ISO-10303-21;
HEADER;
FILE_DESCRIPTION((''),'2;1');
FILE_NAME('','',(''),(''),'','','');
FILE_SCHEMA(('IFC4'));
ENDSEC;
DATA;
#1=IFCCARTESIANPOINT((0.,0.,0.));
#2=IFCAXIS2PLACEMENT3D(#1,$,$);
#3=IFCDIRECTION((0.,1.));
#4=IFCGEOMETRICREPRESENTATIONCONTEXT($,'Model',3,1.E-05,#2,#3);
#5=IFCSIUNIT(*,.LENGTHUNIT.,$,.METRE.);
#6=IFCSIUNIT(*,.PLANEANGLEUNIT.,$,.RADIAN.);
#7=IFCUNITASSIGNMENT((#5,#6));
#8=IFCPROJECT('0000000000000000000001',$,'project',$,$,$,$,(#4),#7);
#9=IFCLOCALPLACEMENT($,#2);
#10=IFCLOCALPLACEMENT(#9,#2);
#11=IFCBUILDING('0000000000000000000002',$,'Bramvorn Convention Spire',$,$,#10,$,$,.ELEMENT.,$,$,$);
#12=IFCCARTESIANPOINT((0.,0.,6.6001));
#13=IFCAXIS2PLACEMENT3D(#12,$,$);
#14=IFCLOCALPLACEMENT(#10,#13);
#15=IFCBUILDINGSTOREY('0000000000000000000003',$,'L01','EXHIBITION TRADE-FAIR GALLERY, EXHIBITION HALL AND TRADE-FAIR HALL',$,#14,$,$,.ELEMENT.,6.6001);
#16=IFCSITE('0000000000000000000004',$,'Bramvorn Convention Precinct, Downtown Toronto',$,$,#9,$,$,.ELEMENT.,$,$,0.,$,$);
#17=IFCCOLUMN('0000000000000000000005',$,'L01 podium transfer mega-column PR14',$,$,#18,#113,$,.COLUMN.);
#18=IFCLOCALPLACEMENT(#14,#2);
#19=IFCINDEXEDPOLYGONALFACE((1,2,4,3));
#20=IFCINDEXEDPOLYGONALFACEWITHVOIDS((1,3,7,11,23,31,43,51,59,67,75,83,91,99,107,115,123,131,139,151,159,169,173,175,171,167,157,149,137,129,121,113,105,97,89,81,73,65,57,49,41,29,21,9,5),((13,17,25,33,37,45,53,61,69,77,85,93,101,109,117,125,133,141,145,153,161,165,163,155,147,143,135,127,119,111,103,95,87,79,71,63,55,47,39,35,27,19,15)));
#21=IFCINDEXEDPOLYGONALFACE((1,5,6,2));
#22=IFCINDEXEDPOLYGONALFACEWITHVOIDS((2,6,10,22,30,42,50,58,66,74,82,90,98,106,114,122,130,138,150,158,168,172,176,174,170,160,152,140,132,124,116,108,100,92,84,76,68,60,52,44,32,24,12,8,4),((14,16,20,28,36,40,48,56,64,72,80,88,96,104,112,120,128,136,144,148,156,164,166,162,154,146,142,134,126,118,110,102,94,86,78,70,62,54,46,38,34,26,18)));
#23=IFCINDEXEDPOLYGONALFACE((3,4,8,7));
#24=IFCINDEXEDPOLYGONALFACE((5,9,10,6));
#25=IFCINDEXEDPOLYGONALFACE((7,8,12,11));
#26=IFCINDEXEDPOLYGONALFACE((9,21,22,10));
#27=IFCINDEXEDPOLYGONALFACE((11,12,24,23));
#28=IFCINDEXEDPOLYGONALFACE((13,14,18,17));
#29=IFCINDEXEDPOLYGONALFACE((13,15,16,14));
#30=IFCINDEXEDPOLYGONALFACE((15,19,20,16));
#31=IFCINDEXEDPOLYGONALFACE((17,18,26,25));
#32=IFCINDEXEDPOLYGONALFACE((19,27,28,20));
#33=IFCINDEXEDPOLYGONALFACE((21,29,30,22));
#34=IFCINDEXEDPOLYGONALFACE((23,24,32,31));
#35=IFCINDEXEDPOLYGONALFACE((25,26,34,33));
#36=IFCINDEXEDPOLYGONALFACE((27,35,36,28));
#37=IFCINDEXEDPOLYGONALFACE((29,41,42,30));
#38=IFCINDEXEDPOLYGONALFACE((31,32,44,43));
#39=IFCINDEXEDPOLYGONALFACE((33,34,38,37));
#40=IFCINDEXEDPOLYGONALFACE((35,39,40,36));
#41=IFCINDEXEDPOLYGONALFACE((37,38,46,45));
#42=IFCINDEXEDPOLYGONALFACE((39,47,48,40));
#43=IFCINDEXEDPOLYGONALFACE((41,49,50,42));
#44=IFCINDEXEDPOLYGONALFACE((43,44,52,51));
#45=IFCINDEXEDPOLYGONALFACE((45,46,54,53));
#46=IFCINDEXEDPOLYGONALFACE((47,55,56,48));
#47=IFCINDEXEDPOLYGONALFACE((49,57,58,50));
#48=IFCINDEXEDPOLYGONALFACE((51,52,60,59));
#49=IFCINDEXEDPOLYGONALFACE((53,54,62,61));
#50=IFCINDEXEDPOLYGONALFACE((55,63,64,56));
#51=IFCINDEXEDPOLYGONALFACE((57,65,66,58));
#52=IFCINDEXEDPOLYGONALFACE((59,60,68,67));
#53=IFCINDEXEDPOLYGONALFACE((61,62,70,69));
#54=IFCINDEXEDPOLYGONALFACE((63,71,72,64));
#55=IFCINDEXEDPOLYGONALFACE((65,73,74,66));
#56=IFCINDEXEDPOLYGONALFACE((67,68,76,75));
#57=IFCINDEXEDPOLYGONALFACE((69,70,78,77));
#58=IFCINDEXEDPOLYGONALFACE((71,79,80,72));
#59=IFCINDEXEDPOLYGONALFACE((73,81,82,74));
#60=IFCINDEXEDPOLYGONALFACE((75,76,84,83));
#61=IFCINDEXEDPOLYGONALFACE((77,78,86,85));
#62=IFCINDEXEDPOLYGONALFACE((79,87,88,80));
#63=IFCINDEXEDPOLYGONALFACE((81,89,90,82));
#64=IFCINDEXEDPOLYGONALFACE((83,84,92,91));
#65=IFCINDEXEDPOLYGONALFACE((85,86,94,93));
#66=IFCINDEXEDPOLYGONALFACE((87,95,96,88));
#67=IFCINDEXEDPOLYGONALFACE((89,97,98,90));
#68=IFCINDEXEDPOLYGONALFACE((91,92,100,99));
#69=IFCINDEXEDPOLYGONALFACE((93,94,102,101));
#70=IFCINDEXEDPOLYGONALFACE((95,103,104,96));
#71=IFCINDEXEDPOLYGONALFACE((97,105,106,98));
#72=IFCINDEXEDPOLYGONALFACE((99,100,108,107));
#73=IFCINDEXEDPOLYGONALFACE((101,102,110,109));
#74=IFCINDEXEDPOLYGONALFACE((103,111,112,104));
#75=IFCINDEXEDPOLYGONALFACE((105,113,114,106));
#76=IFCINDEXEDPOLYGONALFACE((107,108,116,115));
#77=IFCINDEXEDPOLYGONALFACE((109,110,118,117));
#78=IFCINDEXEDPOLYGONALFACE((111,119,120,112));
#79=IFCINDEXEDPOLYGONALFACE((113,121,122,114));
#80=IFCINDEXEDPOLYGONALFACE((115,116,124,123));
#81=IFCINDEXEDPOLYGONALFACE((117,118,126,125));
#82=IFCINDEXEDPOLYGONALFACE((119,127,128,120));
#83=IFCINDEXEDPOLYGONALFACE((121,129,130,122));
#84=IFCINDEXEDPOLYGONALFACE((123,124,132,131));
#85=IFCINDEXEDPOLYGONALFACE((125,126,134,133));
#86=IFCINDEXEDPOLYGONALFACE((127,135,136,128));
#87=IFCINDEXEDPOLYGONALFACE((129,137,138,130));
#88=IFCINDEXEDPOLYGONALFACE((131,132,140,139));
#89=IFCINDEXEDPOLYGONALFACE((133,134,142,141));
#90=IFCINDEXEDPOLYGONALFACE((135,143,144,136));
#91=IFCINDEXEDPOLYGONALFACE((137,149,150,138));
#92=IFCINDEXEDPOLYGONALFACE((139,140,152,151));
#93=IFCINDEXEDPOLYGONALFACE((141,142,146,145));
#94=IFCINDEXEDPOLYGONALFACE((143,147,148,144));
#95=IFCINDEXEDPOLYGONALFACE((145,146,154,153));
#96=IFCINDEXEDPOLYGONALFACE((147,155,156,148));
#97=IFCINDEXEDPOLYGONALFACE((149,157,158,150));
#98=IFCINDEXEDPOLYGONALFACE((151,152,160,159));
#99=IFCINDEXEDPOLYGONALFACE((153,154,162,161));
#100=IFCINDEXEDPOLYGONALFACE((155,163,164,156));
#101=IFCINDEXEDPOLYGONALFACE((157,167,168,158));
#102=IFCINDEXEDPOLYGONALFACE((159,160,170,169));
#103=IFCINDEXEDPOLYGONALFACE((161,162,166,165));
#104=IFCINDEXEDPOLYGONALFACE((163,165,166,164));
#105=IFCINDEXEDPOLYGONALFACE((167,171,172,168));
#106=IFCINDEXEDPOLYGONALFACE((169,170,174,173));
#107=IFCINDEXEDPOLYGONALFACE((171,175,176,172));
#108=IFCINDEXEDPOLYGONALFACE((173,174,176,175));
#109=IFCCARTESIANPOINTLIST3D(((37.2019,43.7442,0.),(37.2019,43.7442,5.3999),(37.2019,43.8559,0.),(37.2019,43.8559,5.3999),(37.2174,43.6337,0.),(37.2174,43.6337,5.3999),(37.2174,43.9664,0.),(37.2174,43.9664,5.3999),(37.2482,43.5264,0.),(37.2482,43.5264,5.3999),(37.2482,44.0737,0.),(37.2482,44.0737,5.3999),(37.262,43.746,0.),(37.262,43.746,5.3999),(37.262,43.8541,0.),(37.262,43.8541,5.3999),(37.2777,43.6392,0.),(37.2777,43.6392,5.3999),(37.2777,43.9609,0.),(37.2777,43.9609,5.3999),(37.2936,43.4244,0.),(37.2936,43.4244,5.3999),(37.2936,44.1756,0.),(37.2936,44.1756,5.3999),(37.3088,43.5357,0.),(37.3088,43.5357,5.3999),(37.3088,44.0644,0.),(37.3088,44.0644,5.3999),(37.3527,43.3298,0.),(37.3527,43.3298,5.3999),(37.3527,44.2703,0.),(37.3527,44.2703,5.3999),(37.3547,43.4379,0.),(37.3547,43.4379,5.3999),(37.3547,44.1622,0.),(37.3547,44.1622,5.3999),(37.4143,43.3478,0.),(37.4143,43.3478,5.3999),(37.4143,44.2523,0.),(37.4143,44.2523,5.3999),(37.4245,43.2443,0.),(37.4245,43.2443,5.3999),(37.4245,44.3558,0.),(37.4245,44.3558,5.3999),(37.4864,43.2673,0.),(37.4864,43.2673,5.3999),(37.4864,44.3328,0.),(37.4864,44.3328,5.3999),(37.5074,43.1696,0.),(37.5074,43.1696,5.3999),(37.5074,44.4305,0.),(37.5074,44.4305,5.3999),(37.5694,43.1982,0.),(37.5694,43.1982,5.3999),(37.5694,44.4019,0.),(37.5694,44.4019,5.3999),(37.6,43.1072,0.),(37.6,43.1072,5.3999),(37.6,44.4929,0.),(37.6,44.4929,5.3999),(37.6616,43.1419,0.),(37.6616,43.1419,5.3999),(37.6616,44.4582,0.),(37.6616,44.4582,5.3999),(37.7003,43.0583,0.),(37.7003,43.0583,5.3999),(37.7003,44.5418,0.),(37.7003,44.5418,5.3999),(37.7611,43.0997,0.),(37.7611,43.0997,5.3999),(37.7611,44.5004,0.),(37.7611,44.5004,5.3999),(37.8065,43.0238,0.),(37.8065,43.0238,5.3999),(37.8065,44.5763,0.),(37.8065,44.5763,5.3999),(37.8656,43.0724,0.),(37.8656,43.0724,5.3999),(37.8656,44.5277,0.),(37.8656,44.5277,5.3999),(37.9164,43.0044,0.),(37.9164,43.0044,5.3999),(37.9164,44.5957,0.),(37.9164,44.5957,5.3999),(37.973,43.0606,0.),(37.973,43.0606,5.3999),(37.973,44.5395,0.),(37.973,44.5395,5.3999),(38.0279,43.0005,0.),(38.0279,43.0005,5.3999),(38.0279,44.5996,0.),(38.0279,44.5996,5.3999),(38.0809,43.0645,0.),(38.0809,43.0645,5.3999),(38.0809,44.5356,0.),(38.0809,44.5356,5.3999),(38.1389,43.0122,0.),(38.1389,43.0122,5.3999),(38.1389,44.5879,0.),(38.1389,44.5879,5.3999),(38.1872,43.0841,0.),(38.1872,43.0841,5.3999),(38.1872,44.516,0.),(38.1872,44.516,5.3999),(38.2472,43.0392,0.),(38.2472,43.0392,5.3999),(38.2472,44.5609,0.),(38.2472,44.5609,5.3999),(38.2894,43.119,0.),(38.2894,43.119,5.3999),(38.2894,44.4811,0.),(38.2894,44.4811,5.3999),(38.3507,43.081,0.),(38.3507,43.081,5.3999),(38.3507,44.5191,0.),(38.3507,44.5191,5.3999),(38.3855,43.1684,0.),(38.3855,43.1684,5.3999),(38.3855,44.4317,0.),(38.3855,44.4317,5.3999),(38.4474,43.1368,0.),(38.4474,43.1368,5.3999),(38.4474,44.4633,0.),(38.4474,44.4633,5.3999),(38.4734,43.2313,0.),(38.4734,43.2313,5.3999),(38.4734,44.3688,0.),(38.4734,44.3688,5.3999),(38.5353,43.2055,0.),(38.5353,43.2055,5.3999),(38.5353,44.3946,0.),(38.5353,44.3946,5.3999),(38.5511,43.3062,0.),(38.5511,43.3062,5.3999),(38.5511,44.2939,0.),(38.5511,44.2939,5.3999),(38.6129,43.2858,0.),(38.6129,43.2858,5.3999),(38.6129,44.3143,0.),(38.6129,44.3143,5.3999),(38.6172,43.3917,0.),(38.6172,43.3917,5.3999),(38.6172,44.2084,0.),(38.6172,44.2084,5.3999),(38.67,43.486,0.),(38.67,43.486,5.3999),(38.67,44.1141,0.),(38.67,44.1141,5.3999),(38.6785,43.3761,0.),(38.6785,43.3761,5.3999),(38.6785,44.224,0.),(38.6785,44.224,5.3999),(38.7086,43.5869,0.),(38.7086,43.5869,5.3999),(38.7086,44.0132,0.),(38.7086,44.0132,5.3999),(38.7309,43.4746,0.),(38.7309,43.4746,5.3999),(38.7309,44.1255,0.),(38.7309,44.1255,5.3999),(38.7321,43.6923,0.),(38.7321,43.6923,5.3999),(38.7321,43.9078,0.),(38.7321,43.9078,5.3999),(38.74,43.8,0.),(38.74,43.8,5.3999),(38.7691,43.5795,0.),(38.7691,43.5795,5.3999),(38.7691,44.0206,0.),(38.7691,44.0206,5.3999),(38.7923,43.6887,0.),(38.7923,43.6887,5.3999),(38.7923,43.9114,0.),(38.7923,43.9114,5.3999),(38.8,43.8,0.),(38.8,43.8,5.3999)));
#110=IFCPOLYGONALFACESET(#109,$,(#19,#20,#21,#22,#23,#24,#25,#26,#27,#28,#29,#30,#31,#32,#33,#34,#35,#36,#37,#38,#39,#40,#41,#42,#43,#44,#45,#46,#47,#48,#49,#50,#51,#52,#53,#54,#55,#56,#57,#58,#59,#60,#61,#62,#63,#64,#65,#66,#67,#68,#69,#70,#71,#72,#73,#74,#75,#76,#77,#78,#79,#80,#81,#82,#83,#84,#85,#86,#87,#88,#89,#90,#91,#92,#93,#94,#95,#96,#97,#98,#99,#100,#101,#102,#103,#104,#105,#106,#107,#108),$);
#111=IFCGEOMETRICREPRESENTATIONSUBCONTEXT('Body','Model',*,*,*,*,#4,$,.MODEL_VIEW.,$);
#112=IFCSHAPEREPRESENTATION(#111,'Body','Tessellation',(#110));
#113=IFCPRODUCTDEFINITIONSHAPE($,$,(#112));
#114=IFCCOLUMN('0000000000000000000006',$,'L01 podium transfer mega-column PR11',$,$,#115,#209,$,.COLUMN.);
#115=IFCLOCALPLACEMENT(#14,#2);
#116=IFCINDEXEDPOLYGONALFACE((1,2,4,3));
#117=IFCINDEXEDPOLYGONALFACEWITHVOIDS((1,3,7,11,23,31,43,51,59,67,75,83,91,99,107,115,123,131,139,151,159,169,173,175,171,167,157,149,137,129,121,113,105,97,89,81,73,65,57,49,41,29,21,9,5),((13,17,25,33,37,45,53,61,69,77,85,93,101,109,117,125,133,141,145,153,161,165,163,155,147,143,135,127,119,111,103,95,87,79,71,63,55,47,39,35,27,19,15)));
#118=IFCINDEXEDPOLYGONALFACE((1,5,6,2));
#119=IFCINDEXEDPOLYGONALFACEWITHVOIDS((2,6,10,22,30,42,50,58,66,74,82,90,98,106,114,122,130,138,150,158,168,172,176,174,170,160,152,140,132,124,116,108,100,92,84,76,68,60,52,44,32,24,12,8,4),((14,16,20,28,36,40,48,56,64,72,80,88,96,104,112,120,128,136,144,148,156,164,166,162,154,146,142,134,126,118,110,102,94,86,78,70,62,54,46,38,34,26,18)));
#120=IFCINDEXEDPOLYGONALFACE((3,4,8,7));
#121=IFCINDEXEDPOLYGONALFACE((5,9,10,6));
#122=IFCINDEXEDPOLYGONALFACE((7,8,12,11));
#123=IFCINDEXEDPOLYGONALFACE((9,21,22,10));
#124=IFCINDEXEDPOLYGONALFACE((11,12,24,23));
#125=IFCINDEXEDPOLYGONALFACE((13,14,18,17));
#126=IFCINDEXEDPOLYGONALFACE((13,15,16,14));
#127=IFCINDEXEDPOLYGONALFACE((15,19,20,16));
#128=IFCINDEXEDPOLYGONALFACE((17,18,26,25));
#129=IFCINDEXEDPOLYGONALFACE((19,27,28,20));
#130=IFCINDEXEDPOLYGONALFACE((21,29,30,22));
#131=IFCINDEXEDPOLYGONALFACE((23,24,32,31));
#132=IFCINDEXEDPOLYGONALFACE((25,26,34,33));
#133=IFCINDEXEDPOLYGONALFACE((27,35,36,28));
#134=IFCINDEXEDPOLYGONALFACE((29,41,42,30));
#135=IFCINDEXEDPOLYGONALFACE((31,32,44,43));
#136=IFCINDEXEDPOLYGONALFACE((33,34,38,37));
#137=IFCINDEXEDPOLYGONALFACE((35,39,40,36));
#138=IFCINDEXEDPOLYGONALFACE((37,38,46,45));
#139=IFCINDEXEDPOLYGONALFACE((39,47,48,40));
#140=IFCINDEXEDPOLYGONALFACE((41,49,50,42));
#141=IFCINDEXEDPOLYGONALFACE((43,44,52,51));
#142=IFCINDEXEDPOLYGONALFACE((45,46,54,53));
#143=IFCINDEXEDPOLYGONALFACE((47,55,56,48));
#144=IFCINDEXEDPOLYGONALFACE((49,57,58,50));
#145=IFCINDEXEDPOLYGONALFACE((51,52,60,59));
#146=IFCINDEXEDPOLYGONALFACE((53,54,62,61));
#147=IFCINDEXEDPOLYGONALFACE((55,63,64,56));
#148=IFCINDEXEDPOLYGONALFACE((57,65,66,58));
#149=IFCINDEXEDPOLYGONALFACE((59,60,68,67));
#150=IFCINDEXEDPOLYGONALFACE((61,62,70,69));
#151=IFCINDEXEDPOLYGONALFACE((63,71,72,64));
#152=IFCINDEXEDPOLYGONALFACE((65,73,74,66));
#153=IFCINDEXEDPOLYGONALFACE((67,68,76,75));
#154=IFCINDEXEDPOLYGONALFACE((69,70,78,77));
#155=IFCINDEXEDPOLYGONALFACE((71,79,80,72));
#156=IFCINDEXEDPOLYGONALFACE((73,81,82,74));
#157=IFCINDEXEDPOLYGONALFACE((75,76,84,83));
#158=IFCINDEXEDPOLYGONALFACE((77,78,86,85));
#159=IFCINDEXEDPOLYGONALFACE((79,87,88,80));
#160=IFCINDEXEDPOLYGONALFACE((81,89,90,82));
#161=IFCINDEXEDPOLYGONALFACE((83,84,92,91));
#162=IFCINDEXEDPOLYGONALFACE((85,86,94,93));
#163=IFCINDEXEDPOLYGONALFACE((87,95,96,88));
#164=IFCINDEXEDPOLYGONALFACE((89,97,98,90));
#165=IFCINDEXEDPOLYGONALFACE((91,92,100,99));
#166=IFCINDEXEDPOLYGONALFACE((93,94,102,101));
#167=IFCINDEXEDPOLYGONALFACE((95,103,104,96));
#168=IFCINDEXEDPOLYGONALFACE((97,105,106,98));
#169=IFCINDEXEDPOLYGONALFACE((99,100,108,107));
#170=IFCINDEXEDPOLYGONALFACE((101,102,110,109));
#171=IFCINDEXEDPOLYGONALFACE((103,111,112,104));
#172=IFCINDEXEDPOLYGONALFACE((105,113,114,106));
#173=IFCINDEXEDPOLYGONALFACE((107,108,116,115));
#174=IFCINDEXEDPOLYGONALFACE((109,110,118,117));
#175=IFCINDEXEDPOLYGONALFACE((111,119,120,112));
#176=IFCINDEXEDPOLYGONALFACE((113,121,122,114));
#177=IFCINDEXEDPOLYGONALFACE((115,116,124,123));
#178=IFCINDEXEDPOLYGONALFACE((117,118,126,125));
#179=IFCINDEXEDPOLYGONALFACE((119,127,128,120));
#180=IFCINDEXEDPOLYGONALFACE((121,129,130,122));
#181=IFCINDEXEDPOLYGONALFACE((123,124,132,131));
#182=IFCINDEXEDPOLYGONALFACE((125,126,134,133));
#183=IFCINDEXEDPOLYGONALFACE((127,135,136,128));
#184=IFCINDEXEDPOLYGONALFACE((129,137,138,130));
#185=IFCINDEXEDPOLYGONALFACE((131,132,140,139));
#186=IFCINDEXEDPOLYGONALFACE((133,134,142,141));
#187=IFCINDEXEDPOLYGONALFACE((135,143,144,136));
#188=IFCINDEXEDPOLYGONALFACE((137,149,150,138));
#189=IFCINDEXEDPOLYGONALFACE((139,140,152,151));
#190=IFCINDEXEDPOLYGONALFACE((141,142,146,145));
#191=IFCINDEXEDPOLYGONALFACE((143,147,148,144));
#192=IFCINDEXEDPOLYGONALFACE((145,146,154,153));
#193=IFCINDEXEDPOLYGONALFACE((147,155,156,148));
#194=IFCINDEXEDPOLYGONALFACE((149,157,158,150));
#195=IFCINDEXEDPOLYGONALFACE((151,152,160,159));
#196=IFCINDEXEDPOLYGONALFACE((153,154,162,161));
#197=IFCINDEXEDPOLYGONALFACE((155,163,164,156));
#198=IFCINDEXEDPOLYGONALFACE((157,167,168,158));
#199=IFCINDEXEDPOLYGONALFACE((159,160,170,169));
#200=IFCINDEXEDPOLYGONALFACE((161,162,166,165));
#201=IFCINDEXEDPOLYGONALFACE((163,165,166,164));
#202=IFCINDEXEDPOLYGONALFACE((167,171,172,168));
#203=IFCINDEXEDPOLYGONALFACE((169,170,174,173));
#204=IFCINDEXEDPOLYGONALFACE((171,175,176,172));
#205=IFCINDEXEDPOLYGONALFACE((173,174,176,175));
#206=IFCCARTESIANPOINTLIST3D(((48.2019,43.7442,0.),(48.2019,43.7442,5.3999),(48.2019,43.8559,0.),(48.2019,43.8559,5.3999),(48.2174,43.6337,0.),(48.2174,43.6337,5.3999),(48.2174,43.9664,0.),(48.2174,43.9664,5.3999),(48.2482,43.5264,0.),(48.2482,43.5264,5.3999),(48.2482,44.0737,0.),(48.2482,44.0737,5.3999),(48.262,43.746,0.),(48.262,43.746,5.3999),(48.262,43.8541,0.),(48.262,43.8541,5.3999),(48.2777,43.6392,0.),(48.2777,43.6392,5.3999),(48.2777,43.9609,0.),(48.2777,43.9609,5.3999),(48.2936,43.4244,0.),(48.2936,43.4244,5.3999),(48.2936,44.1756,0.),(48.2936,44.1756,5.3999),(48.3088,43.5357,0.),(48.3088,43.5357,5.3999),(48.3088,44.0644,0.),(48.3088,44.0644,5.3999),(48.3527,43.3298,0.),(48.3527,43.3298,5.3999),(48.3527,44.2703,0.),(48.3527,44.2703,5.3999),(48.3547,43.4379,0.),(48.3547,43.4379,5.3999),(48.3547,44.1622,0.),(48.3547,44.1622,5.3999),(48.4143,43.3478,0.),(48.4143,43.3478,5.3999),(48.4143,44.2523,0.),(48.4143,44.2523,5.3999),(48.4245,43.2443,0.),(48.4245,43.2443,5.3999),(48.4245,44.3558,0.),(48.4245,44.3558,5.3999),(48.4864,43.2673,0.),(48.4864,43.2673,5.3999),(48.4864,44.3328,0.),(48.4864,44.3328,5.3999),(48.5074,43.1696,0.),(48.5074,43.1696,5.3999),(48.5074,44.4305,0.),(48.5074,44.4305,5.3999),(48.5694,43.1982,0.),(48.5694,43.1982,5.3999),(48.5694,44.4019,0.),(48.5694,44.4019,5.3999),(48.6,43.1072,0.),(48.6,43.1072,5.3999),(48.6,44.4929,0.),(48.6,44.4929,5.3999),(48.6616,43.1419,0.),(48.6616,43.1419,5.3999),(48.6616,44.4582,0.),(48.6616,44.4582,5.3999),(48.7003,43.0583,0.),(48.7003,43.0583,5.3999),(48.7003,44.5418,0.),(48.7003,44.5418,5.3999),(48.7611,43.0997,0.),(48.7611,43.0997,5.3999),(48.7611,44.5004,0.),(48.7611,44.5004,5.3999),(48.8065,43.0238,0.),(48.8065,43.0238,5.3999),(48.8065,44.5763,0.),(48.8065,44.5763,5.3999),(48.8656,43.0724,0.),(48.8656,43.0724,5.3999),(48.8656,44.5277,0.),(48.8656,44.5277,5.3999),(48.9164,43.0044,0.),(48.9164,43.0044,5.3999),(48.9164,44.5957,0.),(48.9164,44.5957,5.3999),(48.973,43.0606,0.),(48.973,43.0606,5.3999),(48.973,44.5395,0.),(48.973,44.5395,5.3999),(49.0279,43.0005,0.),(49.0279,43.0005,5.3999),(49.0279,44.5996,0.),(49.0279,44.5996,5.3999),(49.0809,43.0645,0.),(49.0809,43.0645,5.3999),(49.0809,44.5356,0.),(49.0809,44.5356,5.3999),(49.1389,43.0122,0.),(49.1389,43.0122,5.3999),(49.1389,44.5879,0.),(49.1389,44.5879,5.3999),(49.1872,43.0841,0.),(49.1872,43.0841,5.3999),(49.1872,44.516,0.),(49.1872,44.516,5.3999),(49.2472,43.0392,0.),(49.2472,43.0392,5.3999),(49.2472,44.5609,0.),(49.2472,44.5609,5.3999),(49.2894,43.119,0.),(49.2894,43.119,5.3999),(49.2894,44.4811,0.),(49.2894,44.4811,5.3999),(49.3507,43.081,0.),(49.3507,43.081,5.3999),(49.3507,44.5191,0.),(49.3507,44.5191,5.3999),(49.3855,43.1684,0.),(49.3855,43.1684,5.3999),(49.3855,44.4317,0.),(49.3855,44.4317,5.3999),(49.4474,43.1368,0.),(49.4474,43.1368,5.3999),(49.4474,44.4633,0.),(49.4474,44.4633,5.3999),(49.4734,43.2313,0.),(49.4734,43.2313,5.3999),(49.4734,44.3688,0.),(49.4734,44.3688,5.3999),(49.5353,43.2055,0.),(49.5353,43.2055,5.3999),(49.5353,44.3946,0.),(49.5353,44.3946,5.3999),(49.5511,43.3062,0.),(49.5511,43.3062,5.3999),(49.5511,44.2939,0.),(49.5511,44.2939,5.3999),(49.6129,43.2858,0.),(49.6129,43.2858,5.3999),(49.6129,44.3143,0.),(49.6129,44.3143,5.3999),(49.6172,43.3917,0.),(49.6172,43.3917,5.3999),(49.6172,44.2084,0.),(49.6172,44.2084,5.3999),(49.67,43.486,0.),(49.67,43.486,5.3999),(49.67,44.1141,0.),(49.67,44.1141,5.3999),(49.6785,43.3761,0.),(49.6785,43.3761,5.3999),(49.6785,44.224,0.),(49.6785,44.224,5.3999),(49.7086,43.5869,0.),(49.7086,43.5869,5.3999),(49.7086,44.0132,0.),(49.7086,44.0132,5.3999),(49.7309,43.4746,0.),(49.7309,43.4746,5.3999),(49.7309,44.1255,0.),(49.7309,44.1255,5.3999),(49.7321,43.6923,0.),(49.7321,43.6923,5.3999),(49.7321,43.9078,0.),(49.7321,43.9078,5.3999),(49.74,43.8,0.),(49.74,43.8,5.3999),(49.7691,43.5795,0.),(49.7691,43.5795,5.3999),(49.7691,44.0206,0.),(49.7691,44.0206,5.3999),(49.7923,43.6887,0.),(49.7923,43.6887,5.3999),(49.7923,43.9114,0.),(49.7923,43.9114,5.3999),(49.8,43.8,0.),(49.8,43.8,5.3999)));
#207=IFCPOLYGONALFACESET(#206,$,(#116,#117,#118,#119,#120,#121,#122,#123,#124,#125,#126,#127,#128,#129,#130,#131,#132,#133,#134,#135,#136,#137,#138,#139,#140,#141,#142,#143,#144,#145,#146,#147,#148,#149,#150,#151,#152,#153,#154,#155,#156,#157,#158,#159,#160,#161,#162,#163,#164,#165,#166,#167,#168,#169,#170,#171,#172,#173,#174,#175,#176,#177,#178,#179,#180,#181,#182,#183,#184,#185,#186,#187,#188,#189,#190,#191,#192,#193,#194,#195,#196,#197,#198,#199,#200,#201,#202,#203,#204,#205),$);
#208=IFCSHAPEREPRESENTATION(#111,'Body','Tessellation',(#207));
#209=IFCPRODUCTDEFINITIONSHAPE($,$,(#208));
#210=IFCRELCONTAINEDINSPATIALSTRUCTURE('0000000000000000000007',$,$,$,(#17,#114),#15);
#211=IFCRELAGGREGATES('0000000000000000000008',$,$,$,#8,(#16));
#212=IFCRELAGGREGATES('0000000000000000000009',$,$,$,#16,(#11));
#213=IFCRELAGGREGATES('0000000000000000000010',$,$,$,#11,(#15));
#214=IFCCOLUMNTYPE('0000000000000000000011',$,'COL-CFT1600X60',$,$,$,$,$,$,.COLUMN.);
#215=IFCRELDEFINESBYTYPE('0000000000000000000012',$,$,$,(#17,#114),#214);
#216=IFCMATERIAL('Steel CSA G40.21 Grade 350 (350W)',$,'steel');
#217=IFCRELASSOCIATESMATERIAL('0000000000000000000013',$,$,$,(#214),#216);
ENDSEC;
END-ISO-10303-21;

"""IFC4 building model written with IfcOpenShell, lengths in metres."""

from ifc_helpers import new_model, si_unit, direction, frame, origin, origin_2d, place, context, subcontext, project, spatial, hollow_circle, extrude, material, material_profile, profile_set, type_object, element, save


model = new_model("IFC4")

# Units and contexts
model_context = context("Model", 3, precision=1e-05, world=origin(), true_north=direction((0.0, 1.0)))
body_context = subcontext(model_context, "Body", "Model", "MODEL_VIEW")
ifc_project = project(units=[si_unit("LENGTHUNIT", "METRE"), si_unit("PLANEANGLEUNIT", "RADIAN")], contexts=[model_context])

# Site, building, storey
site_placement = place(None, origin())
site = spatial("IfcSite", under=ifc_project, at=site_placement, Name="Bramvorn Convention Precinct, Downtown Toronto", CompositionType="ELEMENT", RefElevation=0.0)
building_placement = place(site_placement, origin())
building = spatial("IfcBuilding", under=site, at=building_placement, Name="Bramvorn Convention Spire", CompositionType="ELEMENT")
storey_placement = place(building_placement, frame((0.0, 0.0, 6.6001)))
storey = spatial("IfcBuildingStorey", under=building, at=storey_placement, Name="L01", Description="EXHIBITION TRADE-FAIR GALLERY, EXHIBITION HALL AND TRADE-FAIR HALL", CompositionType="ELEMENT", Elevation=6.6001)

# Columns
ifc_material_1 = material(Name="Steel CSA G40.21 Grade 350 (350W)", Category="steel")
ifc_material_profile_1 = material_profile(ifc_material_1, hollow_circle(Radius=0.8, WallThickness=0.0601, at=origin_2d()))
ifc_profile_set_1 = profile_set([ifc_material_profile_1], Name="Steel CSA G40.21 Grade 350 (350W) - CFT1600X60")
column_type_1 = type_object("IfcColumnType", Name="COL-CFT1600X60", PredefinedType="COLUMN", material=ifc_profile_set_1)
for number, where, z_axis, x_axis, name in (
    (1, (38.0, 43.8, 0.0), (0.0, 0.0, 1.0), (1.0, 0.0, 0.0), "L01 podium transfer mega-column PR14"),
    (2, (49.0, 43.8, 0.0), (0.0, 0.0, 1.0), (1.0, 0.0, 0.0), "L01 podium transfer mega-column PR11"),
):
    element("IfcColumn", number, at=place(storey_placement, frame(where, z_axis=z_axis, x_axis=x_axis)), inside=storey, type_object=column_type_1, Name=name, PredefinedType="COLUMN", context=body_context, shape_type="SweptSolid", body=[
        extrude(hollow_circle(Radius=0.8, WallThickness=0.0601, at=origin_2d()), origin(), (0.0, 0.0, 1.0), 5.3999),
    ])

save(model, "model.ifc")
